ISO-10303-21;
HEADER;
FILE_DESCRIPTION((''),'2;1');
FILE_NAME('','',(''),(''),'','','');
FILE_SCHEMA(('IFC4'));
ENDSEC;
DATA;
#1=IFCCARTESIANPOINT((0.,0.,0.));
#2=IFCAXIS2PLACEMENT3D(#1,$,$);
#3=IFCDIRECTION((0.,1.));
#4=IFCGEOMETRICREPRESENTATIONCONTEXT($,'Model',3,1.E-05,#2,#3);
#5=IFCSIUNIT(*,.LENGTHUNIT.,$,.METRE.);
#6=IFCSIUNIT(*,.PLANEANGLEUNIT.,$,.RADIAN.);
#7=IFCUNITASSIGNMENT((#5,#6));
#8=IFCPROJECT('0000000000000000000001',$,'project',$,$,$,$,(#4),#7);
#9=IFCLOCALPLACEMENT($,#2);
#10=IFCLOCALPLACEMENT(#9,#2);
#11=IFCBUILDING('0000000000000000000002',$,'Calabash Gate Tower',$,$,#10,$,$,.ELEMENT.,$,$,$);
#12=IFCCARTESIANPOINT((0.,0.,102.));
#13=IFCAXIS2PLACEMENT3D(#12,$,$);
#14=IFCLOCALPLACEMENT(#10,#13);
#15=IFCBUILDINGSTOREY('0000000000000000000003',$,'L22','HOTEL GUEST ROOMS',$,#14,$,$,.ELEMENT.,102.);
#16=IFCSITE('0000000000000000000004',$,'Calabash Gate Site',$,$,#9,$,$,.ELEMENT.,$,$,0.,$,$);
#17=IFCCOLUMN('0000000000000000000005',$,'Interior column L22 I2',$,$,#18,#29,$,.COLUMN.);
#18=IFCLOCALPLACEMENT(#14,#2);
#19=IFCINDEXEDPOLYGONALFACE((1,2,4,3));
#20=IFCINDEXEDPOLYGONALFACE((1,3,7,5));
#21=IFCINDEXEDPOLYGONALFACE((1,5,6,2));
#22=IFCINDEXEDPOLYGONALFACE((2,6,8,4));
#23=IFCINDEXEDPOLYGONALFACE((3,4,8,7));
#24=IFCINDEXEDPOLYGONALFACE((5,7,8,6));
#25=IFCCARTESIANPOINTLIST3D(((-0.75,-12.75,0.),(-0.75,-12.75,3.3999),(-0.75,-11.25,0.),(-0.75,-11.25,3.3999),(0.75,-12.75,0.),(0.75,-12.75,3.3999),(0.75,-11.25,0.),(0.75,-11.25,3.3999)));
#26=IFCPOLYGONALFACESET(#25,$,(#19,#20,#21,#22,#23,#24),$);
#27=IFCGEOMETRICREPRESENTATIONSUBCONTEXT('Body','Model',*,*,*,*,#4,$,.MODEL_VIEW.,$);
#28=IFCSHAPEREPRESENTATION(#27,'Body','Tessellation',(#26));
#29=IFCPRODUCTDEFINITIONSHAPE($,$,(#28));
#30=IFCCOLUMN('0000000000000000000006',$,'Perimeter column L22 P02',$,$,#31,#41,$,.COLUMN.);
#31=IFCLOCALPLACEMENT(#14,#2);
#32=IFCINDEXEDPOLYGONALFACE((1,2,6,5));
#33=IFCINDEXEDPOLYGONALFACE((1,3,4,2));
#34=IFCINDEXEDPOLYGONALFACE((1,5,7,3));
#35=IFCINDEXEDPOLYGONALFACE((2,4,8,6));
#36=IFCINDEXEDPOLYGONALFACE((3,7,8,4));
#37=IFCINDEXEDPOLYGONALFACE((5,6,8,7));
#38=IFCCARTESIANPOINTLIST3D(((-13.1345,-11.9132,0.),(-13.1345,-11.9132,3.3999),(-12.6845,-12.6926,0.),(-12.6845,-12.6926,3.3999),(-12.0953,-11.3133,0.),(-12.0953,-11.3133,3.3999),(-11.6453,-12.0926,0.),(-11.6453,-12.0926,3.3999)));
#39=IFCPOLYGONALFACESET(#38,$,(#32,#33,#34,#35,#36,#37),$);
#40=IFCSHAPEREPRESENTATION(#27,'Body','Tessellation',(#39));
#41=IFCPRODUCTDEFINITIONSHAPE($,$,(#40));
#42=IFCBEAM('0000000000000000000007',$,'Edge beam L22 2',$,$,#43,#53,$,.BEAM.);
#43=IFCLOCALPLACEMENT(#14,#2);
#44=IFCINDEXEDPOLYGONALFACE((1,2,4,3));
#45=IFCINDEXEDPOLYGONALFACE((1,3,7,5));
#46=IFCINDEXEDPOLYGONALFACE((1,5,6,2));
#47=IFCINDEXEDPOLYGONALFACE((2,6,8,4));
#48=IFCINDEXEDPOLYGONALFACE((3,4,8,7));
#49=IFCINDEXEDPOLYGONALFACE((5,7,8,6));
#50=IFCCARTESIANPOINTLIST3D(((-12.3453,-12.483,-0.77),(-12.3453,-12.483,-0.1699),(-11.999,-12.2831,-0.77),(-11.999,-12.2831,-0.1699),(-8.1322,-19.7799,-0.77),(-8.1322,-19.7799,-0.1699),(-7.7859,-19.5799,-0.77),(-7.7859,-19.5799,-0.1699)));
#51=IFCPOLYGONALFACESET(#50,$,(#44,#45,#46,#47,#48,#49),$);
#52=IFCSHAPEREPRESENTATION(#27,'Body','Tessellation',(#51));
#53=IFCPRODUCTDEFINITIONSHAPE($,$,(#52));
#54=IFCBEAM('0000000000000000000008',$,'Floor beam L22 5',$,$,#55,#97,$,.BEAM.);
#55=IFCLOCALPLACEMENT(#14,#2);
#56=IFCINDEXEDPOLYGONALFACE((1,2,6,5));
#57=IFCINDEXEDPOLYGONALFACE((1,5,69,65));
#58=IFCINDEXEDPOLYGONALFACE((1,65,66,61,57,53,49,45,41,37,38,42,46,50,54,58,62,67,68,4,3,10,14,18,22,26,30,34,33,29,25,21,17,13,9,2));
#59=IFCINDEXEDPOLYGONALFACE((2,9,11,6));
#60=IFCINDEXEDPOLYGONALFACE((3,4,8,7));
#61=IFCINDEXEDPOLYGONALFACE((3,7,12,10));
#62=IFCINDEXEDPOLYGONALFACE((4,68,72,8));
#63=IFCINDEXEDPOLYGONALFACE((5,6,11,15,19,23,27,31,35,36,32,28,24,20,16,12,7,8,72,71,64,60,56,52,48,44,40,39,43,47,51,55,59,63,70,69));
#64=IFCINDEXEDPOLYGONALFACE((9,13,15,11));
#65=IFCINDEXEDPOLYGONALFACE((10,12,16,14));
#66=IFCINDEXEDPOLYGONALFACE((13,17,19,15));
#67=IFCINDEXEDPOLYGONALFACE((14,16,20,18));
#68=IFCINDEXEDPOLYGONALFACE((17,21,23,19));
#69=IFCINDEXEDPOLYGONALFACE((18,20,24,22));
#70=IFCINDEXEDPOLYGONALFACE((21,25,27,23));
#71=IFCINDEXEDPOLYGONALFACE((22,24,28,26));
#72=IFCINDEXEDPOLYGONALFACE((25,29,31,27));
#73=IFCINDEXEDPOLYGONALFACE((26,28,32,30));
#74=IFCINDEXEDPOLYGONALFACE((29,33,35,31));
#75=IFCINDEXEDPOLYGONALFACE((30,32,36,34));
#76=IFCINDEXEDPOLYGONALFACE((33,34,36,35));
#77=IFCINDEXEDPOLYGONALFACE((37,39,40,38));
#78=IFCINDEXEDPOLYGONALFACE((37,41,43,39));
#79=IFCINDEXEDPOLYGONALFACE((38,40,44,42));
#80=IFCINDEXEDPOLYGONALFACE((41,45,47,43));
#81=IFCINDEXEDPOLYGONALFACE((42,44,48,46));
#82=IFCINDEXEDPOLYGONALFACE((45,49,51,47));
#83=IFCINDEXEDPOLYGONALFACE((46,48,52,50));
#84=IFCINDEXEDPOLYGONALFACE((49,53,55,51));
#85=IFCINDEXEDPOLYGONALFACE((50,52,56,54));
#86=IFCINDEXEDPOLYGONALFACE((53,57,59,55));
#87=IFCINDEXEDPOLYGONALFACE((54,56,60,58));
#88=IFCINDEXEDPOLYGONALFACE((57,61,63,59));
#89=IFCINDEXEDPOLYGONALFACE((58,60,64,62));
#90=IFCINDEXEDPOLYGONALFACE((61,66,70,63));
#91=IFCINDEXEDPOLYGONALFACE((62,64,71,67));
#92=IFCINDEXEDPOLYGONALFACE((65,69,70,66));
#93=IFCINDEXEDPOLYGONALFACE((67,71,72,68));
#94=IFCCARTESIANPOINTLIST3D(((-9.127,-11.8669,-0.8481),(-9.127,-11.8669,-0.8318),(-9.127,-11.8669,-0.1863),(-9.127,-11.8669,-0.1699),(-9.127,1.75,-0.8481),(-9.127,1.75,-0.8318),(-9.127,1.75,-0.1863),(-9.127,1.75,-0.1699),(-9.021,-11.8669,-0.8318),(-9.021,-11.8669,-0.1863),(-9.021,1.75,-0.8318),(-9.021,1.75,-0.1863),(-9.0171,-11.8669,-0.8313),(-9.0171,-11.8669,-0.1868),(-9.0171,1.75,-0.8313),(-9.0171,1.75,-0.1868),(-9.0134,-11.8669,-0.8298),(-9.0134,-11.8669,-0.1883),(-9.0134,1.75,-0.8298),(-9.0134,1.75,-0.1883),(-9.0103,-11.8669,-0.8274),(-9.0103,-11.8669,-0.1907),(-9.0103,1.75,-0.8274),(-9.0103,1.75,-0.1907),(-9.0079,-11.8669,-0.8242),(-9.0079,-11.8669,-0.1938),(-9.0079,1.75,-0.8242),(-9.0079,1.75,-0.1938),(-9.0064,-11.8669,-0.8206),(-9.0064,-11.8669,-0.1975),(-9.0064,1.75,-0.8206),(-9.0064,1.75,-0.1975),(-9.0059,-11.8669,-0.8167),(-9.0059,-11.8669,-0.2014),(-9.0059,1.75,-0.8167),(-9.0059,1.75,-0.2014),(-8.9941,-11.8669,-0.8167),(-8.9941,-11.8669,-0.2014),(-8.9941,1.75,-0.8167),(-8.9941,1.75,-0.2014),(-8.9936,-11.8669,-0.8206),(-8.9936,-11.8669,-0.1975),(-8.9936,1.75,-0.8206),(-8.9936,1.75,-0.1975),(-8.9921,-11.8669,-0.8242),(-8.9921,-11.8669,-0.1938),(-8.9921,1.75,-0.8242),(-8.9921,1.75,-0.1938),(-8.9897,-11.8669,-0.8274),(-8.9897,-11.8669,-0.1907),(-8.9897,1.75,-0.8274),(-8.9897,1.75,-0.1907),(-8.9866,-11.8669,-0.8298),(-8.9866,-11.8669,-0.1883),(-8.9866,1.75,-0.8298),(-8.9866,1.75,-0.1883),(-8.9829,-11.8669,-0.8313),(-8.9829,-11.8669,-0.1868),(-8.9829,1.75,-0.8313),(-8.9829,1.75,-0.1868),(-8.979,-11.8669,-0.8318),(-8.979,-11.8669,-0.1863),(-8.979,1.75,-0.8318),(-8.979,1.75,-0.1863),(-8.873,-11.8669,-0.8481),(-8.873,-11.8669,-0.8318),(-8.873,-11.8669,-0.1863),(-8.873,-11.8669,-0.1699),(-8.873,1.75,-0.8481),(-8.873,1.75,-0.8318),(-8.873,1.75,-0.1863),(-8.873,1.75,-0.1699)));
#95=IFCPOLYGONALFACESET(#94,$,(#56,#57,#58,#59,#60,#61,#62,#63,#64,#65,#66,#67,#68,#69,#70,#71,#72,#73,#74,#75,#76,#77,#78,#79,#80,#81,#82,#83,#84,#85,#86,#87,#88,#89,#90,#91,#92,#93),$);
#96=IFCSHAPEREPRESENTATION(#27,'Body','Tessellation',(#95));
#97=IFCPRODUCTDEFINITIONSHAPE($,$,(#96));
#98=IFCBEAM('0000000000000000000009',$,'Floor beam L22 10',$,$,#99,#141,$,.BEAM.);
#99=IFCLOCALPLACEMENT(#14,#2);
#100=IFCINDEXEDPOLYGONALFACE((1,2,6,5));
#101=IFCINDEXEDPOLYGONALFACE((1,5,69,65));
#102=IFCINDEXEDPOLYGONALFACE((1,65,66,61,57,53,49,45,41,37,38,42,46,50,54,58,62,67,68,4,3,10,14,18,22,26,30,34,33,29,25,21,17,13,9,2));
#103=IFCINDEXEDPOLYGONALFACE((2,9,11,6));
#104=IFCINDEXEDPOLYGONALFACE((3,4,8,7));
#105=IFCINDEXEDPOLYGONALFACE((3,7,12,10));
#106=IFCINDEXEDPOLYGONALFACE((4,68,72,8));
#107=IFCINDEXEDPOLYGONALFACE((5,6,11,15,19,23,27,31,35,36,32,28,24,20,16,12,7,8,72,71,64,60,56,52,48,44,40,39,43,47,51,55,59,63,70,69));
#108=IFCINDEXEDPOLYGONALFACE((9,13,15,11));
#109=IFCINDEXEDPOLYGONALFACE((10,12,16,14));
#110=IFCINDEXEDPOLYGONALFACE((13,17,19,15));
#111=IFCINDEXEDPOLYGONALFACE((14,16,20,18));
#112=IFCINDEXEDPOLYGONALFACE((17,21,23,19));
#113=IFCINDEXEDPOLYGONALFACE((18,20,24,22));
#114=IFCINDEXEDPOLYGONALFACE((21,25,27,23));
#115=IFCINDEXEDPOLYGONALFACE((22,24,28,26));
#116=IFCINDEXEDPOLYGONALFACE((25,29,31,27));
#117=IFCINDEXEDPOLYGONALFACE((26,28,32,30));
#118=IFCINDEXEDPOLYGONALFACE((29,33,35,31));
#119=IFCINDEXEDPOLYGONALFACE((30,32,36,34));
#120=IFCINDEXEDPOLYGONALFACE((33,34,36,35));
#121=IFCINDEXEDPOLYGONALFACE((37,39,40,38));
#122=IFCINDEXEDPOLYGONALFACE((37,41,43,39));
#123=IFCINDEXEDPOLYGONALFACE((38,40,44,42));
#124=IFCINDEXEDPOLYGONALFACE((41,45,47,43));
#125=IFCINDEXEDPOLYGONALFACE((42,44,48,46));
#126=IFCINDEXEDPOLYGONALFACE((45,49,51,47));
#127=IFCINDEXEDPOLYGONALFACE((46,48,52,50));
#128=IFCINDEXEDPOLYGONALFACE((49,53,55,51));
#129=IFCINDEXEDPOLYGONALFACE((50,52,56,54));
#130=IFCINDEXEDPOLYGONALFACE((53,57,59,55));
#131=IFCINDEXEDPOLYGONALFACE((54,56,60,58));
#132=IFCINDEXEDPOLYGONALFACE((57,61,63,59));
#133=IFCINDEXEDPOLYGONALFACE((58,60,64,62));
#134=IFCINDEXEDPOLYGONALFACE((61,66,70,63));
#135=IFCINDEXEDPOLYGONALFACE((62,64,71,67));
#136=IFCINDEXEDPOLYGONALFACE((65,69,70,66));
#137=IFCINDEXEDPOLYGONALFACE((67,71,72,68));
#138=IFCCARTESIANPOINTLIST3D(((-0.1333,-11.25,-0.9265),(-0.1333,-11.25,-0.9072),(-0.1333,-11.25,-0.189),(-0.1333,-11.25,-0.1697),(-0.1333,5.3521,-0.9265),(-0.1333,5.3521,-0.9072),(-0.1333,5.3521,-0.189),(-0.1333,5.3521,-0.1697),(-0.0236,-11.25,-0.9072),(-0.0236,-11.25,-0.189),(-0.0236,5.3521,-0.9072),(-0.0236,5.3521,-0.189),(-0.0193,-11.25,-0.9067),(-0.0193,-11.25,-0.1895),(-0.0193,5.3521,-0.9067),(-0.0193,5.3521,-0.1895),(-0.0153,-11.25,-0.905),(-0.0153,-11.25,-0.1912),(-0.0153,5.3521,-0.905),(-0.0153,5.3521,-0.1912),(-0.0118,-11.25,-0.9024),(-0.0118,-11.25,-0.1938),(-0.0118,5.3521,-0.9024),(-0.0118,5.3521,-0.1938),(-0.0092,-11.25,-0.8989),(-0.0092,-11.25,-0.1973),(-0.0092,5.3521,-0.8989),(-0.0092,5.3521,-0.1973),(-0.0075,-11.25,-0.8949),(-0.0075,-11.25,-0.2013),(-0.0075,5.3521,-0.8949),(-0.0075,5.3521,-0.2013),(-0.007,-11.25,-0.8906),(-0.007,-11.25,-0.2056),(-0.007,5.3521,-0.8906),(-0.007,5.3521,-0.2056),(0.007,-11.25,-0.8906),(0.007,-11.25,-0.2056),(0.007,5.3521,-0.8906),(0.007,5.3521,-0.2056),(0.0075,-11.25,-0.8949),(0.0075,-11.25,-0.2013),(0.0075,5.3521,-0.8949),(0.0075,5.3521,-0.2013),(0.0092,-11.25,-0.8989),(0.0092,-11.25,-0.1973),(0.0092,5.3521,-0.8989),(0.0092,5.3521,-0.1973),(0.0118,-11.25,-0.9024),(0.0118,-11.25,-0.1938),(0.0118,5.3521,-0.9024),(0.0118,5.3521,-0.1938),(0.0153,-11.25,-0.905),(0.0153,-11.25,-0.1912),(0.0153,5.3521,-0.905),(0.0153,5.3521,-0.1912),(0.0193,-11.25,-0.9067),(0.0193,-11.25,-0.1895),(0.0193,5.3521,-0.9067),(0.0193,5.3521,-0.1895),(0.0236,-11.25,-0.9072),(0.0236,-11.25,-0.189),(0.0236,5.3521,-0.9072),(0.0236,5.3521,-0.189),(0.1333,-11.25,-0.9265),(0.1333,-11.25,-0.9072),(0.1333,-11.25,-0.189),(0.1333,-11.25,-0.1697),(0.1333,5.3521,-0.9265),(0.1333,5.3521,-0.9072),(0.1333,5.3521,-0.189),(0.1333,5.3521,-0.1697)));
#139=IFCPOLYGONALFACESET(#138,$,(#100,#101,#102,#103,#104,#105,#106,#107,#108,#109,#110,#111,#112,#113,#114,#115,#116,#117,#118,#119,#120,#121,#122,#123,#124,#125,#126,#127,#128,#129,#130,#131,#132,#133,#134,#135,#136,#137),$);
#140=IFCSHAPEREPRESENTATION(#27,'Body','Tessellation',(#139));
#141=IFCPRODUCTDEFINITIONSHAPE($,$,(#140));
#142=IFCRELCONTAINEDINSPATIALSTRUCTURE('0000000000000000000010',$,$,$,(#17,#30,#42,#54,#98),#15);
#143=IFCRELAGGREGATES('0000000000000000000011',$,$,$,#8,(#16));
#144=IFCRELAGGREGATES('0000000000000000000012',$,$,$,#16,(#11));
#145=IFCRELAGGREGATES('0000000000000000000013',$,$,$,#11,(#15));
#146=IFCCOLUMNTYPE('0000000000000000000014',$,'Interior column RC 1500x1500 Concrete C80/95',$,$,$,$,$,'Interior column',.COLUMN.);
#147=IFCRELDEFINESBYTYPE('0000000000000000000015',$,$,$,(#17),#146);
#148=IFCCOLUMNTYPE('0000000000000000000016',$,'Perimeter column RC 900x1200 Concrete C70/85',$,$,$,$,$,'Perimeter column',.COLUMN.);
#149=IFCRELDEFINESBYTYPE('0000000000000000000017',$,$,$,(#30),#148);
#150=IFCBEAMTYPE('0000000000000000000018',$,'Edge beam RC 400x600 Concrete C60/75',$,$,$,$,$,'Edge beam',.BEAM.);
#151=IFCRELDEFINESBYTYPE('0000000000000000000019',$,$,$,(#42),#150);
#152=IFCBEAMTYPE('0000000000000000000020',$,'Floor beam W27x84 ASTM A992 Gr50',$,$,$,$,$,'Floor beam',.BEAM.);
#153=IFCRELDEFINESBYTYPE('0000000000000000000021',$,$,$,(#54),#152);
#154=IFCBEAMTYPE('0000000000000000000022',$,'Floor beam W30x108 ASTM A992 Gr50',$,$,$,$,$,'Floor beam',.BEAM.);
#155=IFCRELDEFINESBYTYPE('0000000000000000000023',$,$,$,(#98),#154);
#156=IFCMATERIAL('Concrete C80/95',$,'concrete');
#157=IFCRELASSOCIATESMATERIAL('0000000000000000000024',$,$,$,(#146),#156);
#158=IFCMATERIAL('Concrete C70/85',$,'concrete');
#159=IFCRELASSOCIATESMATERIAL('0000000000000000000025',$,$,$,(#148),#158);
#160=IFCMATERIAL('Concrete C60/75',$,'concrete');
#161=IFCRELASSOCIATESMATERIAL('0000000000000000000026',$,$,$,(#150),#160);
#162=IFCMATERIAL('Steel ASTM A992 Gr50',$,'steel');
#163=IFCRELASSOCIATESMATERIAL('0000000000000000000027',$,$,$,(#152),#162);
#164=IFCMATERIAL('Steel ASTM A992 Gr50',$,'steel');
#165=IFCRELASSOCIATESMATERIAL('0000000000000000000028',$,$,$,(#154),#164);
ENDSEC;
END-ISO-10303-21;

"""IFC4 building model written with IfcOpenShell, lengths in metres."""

from ifc_helpers import new_model, si_unit, direction, frame, origin, origin_2d, place, context, subcontext, project, spatial, rectangle, i_section, extrude, material, material_profile, profile_set, type_object, element, save


model = new_model("IFC4")

# Units and contexts
model_context = context("Model", 3, precision=1e-05, world=origin(), true_north=direction((0.0, 1.0)))
body_context = subcontext(model_context, "Body", "Model", "MODEL_VIEW")
ifc_project = project(units=[si_unit("LENGTHUNIT", "METRE"), si_unit("PLANEANGLEUNIT", "RADIAN")], contexts=[model_context])

# Site, building, storey
site_placement = place(None, origin())
site = spatial("IfcSite", under=ifc_project, at=site_placement, Name="Calabash Gate Site", CompositionType="ELEMENT", RefElevation=0.0)
building_placement = place(site_placement, origin())
building = spatial("IfcBuilding", under=site, at=building_placement, Name="Calabash Gate Tower", CompositionType="ELEMENT")
storey_placement = place(building_placement, frame((0.0, 0.0, 102.0)))
storey = spatial("IfcBuildingStorey", under=building, at=storey_placement, Name="L22", Description="HOTEL GUEST ROOMS", CompositionType="ELEMENT", Elevation=102.0)

# Columns
ifc_material_1 = material(Name="Concrete C80/95", Category="concrete")
ifc_material_profile_1 = material_profile(ifc_material_1, rectangle(XDim=1.5, YDim=1.5, at=origin_2d()))
ifc_profile_set_1 = profile_set([ifc_material_profile_1], Name="Concrete C80/95")
column_type_1 = type_object("IfcColumnType", Name="Interior column RC 1500x1500 Concrete C80/95", ElementType="Interior column", PredefinedType="COLUMN", material=ifc_profile_set_1)
column_1_placement = place(storey_placement, frame((0.0, -12.0, 0.0), z_axis=(0.0, 0.0, 1.0), x_axis=(1.0, 0.0, 0.0)))
element("IfcColumn", 1, at=column_1_placement, inside=storey, type_object=column_type_1, Name="Interior column L22 I2", PredefinedType="COLUMN", context=body_context, shape_type="SweptSolid", body=[
    extrude(rectangle(XDim=1.5, YDim=1.5, at=origin_2d()), origin(), (0.0, 0.0, 1.0), 3.3999),
])
ifc_material_2 = material(Name="Concrete C70/85", Category="concrete")
ifc_material_profile_2 = material_profile(ifc_material_2, rectangle(XDim=0.8999, YDim=1.2, at=origin_2d()))
ifc_profile_set_2 = profile_set([ifc_material_profile_2], Name="Concrete C70/85")
column_type_2 = type_object("IfcColumnType", Name="Perimeter column RC 900x1200 Concrete C70/85", ElementType="Perimeter column", PredefinedType="COLUMN", material=ifc_profile_set_2)
column_2_placement = place(storey_placement, frame((-12.3899, -12.0029, 0.0), z_axis=(0.0, 0.0, 1.0), x_axis=(0.5, -0.866025, 0.0)))
element("IfcColumn", 2, at=column_2_placement, inside=storey, type_object=column_type_2, Name="Perimeter column L22 P02", PredefinedType="COLUMN", context=body_context, shape_type="SweptSolid", body=[
    extrude(rectangle(XDim=0.8999, YDim=1.2, at=origin_2d()), origin(), (0.0, 0.0, 1.0), 3.3999),
])

# Beams
ifc_material_3 = material(Name="Concrete C60/75", Category="concrete")
ifc_material_profile_3 = material_profile(ifc_material_3, rectangle(XDim=0.3999, YDim=0.6001, at=origin_2d()))
ifc_profile_set_3 = profile_set([ifc_material_profile_3], Name="Concrete C60/75")
beam_type_1 = type_object("IfcBeamType", Name="Edge beam RC 400x600 Concrete C60/75", ElementType="Edge beam", PredefinedType="BEAM", material=ifc_profile_set_3)
beam_1_placement = place(storey_placement, frame((-12.1721, -12.3831, -0.47), z_axis=(0.500025, -0.866011, 0.0), x_axis=(0.866011, 0.500025, 0.0)))
element("IfcBeam", 3, at=beam_1_placement, inside=storey, type_object=beam_type_1, Name="Edge beam L22 2", PredefinedType="BEAM", context=body_context, shape_type="SweptSolid", body=[
    extrude(rectangle(XDim=0.3999, YDim=0.6001, at=origin_2d()), origin(), (0.0, 0.0, 1.0), 8.4258),
])
ifc_material_4 = material(Name="Steel ASTM A992 Gr50", Category="steel")
ifc_material_profile_4 = material_profile(ifc_material_4, i_section(OverallWidth=0.2539, OverallDepth=0.6782, WebThickness=0.0117, FlangeThickness=0.0164, FilletRadius=0.0151, at=origin_2d()))
ifc_profile_set_4 = profile_set([ifc_material_profile_4], Name="Steel ASTM A992 Gr50")
beam_type_2 = type_object("IfcBeamType", Name="Floor beam W27x84 ASTM A992 Gr50", ElementType="Floor beam", PredefinedType="BEAM", material=ifc_profile_set_4)
beam_2_placement = place(storey_placement, frame((-9.0, -11.8669, -0.509), z_axis=(0.0, 1.0, 0.0), x_axis=(-1.0, 0.0, 0.0)))
element("IfcBeam", 4, at=beam_2_placement, inside=storey, type_object=beam_type_2, Name="Floor beam L22 5", PredefinedType="BEAM", context=body_context, shape_type="SweptSolid", body=[
    extrude(i_section(OverallWidth=0.2539, OverallDepth=0.6782, WebThickness=0.0117, FlangeThickness=0.0164, FilletRadius=0.0151, at=origin_2d()), origin(), (0.0, 0.0, 1.0), 13.6169),
])
ifc_material_5 = material(Name="Steel ASTM A992 Gr50", Category="steel")
ifc_material_profile_5 = material_profile(ifc_material_5, i_section(OverallWidth=0.2666, OverallDepth=0.7568, WebThickness=0.0139, FlangeThickness=0.0193, FilletRadius=0.0166, at=origin_2d()))
ifc_profile_set_5 = profile_set([ifc_material_profile_5], Name="Steel ASTM A992 Gr50")
beam_type_3 = type_object("IfcBeamType", Name="Floor beam W30x108 ASTM A992 Gr50", ElementType="Floor beam", PredefinedType="BEAM", material=ifc_profile_set_5)
beam_3_placement = place(storey_placement, frame((0.0, -11.25, -0.5481), z_axis=(0.0, 1.0, 0.0), x_axis=(-1.0, 0.0, 0.0)))
element("IfcBeam", 5, at=beam_3_placement, inside=storey, type_object=beam_type_3, Name="Floor beam L22 10", PredefinedType="BEAM", context=body_context, shape_type="SweptSolid", body=[
    extrude(i_section(OverallWidth=0.2666, OverallDepth=0.7568, WebThickness=0.0139, FlangeThickness=0.0193, FilletRadius=0.0166, at=origin_2d()), origin(), (0.0, 0.0, 1.0), 16.6021),
])

save(model, "model.ifc")
